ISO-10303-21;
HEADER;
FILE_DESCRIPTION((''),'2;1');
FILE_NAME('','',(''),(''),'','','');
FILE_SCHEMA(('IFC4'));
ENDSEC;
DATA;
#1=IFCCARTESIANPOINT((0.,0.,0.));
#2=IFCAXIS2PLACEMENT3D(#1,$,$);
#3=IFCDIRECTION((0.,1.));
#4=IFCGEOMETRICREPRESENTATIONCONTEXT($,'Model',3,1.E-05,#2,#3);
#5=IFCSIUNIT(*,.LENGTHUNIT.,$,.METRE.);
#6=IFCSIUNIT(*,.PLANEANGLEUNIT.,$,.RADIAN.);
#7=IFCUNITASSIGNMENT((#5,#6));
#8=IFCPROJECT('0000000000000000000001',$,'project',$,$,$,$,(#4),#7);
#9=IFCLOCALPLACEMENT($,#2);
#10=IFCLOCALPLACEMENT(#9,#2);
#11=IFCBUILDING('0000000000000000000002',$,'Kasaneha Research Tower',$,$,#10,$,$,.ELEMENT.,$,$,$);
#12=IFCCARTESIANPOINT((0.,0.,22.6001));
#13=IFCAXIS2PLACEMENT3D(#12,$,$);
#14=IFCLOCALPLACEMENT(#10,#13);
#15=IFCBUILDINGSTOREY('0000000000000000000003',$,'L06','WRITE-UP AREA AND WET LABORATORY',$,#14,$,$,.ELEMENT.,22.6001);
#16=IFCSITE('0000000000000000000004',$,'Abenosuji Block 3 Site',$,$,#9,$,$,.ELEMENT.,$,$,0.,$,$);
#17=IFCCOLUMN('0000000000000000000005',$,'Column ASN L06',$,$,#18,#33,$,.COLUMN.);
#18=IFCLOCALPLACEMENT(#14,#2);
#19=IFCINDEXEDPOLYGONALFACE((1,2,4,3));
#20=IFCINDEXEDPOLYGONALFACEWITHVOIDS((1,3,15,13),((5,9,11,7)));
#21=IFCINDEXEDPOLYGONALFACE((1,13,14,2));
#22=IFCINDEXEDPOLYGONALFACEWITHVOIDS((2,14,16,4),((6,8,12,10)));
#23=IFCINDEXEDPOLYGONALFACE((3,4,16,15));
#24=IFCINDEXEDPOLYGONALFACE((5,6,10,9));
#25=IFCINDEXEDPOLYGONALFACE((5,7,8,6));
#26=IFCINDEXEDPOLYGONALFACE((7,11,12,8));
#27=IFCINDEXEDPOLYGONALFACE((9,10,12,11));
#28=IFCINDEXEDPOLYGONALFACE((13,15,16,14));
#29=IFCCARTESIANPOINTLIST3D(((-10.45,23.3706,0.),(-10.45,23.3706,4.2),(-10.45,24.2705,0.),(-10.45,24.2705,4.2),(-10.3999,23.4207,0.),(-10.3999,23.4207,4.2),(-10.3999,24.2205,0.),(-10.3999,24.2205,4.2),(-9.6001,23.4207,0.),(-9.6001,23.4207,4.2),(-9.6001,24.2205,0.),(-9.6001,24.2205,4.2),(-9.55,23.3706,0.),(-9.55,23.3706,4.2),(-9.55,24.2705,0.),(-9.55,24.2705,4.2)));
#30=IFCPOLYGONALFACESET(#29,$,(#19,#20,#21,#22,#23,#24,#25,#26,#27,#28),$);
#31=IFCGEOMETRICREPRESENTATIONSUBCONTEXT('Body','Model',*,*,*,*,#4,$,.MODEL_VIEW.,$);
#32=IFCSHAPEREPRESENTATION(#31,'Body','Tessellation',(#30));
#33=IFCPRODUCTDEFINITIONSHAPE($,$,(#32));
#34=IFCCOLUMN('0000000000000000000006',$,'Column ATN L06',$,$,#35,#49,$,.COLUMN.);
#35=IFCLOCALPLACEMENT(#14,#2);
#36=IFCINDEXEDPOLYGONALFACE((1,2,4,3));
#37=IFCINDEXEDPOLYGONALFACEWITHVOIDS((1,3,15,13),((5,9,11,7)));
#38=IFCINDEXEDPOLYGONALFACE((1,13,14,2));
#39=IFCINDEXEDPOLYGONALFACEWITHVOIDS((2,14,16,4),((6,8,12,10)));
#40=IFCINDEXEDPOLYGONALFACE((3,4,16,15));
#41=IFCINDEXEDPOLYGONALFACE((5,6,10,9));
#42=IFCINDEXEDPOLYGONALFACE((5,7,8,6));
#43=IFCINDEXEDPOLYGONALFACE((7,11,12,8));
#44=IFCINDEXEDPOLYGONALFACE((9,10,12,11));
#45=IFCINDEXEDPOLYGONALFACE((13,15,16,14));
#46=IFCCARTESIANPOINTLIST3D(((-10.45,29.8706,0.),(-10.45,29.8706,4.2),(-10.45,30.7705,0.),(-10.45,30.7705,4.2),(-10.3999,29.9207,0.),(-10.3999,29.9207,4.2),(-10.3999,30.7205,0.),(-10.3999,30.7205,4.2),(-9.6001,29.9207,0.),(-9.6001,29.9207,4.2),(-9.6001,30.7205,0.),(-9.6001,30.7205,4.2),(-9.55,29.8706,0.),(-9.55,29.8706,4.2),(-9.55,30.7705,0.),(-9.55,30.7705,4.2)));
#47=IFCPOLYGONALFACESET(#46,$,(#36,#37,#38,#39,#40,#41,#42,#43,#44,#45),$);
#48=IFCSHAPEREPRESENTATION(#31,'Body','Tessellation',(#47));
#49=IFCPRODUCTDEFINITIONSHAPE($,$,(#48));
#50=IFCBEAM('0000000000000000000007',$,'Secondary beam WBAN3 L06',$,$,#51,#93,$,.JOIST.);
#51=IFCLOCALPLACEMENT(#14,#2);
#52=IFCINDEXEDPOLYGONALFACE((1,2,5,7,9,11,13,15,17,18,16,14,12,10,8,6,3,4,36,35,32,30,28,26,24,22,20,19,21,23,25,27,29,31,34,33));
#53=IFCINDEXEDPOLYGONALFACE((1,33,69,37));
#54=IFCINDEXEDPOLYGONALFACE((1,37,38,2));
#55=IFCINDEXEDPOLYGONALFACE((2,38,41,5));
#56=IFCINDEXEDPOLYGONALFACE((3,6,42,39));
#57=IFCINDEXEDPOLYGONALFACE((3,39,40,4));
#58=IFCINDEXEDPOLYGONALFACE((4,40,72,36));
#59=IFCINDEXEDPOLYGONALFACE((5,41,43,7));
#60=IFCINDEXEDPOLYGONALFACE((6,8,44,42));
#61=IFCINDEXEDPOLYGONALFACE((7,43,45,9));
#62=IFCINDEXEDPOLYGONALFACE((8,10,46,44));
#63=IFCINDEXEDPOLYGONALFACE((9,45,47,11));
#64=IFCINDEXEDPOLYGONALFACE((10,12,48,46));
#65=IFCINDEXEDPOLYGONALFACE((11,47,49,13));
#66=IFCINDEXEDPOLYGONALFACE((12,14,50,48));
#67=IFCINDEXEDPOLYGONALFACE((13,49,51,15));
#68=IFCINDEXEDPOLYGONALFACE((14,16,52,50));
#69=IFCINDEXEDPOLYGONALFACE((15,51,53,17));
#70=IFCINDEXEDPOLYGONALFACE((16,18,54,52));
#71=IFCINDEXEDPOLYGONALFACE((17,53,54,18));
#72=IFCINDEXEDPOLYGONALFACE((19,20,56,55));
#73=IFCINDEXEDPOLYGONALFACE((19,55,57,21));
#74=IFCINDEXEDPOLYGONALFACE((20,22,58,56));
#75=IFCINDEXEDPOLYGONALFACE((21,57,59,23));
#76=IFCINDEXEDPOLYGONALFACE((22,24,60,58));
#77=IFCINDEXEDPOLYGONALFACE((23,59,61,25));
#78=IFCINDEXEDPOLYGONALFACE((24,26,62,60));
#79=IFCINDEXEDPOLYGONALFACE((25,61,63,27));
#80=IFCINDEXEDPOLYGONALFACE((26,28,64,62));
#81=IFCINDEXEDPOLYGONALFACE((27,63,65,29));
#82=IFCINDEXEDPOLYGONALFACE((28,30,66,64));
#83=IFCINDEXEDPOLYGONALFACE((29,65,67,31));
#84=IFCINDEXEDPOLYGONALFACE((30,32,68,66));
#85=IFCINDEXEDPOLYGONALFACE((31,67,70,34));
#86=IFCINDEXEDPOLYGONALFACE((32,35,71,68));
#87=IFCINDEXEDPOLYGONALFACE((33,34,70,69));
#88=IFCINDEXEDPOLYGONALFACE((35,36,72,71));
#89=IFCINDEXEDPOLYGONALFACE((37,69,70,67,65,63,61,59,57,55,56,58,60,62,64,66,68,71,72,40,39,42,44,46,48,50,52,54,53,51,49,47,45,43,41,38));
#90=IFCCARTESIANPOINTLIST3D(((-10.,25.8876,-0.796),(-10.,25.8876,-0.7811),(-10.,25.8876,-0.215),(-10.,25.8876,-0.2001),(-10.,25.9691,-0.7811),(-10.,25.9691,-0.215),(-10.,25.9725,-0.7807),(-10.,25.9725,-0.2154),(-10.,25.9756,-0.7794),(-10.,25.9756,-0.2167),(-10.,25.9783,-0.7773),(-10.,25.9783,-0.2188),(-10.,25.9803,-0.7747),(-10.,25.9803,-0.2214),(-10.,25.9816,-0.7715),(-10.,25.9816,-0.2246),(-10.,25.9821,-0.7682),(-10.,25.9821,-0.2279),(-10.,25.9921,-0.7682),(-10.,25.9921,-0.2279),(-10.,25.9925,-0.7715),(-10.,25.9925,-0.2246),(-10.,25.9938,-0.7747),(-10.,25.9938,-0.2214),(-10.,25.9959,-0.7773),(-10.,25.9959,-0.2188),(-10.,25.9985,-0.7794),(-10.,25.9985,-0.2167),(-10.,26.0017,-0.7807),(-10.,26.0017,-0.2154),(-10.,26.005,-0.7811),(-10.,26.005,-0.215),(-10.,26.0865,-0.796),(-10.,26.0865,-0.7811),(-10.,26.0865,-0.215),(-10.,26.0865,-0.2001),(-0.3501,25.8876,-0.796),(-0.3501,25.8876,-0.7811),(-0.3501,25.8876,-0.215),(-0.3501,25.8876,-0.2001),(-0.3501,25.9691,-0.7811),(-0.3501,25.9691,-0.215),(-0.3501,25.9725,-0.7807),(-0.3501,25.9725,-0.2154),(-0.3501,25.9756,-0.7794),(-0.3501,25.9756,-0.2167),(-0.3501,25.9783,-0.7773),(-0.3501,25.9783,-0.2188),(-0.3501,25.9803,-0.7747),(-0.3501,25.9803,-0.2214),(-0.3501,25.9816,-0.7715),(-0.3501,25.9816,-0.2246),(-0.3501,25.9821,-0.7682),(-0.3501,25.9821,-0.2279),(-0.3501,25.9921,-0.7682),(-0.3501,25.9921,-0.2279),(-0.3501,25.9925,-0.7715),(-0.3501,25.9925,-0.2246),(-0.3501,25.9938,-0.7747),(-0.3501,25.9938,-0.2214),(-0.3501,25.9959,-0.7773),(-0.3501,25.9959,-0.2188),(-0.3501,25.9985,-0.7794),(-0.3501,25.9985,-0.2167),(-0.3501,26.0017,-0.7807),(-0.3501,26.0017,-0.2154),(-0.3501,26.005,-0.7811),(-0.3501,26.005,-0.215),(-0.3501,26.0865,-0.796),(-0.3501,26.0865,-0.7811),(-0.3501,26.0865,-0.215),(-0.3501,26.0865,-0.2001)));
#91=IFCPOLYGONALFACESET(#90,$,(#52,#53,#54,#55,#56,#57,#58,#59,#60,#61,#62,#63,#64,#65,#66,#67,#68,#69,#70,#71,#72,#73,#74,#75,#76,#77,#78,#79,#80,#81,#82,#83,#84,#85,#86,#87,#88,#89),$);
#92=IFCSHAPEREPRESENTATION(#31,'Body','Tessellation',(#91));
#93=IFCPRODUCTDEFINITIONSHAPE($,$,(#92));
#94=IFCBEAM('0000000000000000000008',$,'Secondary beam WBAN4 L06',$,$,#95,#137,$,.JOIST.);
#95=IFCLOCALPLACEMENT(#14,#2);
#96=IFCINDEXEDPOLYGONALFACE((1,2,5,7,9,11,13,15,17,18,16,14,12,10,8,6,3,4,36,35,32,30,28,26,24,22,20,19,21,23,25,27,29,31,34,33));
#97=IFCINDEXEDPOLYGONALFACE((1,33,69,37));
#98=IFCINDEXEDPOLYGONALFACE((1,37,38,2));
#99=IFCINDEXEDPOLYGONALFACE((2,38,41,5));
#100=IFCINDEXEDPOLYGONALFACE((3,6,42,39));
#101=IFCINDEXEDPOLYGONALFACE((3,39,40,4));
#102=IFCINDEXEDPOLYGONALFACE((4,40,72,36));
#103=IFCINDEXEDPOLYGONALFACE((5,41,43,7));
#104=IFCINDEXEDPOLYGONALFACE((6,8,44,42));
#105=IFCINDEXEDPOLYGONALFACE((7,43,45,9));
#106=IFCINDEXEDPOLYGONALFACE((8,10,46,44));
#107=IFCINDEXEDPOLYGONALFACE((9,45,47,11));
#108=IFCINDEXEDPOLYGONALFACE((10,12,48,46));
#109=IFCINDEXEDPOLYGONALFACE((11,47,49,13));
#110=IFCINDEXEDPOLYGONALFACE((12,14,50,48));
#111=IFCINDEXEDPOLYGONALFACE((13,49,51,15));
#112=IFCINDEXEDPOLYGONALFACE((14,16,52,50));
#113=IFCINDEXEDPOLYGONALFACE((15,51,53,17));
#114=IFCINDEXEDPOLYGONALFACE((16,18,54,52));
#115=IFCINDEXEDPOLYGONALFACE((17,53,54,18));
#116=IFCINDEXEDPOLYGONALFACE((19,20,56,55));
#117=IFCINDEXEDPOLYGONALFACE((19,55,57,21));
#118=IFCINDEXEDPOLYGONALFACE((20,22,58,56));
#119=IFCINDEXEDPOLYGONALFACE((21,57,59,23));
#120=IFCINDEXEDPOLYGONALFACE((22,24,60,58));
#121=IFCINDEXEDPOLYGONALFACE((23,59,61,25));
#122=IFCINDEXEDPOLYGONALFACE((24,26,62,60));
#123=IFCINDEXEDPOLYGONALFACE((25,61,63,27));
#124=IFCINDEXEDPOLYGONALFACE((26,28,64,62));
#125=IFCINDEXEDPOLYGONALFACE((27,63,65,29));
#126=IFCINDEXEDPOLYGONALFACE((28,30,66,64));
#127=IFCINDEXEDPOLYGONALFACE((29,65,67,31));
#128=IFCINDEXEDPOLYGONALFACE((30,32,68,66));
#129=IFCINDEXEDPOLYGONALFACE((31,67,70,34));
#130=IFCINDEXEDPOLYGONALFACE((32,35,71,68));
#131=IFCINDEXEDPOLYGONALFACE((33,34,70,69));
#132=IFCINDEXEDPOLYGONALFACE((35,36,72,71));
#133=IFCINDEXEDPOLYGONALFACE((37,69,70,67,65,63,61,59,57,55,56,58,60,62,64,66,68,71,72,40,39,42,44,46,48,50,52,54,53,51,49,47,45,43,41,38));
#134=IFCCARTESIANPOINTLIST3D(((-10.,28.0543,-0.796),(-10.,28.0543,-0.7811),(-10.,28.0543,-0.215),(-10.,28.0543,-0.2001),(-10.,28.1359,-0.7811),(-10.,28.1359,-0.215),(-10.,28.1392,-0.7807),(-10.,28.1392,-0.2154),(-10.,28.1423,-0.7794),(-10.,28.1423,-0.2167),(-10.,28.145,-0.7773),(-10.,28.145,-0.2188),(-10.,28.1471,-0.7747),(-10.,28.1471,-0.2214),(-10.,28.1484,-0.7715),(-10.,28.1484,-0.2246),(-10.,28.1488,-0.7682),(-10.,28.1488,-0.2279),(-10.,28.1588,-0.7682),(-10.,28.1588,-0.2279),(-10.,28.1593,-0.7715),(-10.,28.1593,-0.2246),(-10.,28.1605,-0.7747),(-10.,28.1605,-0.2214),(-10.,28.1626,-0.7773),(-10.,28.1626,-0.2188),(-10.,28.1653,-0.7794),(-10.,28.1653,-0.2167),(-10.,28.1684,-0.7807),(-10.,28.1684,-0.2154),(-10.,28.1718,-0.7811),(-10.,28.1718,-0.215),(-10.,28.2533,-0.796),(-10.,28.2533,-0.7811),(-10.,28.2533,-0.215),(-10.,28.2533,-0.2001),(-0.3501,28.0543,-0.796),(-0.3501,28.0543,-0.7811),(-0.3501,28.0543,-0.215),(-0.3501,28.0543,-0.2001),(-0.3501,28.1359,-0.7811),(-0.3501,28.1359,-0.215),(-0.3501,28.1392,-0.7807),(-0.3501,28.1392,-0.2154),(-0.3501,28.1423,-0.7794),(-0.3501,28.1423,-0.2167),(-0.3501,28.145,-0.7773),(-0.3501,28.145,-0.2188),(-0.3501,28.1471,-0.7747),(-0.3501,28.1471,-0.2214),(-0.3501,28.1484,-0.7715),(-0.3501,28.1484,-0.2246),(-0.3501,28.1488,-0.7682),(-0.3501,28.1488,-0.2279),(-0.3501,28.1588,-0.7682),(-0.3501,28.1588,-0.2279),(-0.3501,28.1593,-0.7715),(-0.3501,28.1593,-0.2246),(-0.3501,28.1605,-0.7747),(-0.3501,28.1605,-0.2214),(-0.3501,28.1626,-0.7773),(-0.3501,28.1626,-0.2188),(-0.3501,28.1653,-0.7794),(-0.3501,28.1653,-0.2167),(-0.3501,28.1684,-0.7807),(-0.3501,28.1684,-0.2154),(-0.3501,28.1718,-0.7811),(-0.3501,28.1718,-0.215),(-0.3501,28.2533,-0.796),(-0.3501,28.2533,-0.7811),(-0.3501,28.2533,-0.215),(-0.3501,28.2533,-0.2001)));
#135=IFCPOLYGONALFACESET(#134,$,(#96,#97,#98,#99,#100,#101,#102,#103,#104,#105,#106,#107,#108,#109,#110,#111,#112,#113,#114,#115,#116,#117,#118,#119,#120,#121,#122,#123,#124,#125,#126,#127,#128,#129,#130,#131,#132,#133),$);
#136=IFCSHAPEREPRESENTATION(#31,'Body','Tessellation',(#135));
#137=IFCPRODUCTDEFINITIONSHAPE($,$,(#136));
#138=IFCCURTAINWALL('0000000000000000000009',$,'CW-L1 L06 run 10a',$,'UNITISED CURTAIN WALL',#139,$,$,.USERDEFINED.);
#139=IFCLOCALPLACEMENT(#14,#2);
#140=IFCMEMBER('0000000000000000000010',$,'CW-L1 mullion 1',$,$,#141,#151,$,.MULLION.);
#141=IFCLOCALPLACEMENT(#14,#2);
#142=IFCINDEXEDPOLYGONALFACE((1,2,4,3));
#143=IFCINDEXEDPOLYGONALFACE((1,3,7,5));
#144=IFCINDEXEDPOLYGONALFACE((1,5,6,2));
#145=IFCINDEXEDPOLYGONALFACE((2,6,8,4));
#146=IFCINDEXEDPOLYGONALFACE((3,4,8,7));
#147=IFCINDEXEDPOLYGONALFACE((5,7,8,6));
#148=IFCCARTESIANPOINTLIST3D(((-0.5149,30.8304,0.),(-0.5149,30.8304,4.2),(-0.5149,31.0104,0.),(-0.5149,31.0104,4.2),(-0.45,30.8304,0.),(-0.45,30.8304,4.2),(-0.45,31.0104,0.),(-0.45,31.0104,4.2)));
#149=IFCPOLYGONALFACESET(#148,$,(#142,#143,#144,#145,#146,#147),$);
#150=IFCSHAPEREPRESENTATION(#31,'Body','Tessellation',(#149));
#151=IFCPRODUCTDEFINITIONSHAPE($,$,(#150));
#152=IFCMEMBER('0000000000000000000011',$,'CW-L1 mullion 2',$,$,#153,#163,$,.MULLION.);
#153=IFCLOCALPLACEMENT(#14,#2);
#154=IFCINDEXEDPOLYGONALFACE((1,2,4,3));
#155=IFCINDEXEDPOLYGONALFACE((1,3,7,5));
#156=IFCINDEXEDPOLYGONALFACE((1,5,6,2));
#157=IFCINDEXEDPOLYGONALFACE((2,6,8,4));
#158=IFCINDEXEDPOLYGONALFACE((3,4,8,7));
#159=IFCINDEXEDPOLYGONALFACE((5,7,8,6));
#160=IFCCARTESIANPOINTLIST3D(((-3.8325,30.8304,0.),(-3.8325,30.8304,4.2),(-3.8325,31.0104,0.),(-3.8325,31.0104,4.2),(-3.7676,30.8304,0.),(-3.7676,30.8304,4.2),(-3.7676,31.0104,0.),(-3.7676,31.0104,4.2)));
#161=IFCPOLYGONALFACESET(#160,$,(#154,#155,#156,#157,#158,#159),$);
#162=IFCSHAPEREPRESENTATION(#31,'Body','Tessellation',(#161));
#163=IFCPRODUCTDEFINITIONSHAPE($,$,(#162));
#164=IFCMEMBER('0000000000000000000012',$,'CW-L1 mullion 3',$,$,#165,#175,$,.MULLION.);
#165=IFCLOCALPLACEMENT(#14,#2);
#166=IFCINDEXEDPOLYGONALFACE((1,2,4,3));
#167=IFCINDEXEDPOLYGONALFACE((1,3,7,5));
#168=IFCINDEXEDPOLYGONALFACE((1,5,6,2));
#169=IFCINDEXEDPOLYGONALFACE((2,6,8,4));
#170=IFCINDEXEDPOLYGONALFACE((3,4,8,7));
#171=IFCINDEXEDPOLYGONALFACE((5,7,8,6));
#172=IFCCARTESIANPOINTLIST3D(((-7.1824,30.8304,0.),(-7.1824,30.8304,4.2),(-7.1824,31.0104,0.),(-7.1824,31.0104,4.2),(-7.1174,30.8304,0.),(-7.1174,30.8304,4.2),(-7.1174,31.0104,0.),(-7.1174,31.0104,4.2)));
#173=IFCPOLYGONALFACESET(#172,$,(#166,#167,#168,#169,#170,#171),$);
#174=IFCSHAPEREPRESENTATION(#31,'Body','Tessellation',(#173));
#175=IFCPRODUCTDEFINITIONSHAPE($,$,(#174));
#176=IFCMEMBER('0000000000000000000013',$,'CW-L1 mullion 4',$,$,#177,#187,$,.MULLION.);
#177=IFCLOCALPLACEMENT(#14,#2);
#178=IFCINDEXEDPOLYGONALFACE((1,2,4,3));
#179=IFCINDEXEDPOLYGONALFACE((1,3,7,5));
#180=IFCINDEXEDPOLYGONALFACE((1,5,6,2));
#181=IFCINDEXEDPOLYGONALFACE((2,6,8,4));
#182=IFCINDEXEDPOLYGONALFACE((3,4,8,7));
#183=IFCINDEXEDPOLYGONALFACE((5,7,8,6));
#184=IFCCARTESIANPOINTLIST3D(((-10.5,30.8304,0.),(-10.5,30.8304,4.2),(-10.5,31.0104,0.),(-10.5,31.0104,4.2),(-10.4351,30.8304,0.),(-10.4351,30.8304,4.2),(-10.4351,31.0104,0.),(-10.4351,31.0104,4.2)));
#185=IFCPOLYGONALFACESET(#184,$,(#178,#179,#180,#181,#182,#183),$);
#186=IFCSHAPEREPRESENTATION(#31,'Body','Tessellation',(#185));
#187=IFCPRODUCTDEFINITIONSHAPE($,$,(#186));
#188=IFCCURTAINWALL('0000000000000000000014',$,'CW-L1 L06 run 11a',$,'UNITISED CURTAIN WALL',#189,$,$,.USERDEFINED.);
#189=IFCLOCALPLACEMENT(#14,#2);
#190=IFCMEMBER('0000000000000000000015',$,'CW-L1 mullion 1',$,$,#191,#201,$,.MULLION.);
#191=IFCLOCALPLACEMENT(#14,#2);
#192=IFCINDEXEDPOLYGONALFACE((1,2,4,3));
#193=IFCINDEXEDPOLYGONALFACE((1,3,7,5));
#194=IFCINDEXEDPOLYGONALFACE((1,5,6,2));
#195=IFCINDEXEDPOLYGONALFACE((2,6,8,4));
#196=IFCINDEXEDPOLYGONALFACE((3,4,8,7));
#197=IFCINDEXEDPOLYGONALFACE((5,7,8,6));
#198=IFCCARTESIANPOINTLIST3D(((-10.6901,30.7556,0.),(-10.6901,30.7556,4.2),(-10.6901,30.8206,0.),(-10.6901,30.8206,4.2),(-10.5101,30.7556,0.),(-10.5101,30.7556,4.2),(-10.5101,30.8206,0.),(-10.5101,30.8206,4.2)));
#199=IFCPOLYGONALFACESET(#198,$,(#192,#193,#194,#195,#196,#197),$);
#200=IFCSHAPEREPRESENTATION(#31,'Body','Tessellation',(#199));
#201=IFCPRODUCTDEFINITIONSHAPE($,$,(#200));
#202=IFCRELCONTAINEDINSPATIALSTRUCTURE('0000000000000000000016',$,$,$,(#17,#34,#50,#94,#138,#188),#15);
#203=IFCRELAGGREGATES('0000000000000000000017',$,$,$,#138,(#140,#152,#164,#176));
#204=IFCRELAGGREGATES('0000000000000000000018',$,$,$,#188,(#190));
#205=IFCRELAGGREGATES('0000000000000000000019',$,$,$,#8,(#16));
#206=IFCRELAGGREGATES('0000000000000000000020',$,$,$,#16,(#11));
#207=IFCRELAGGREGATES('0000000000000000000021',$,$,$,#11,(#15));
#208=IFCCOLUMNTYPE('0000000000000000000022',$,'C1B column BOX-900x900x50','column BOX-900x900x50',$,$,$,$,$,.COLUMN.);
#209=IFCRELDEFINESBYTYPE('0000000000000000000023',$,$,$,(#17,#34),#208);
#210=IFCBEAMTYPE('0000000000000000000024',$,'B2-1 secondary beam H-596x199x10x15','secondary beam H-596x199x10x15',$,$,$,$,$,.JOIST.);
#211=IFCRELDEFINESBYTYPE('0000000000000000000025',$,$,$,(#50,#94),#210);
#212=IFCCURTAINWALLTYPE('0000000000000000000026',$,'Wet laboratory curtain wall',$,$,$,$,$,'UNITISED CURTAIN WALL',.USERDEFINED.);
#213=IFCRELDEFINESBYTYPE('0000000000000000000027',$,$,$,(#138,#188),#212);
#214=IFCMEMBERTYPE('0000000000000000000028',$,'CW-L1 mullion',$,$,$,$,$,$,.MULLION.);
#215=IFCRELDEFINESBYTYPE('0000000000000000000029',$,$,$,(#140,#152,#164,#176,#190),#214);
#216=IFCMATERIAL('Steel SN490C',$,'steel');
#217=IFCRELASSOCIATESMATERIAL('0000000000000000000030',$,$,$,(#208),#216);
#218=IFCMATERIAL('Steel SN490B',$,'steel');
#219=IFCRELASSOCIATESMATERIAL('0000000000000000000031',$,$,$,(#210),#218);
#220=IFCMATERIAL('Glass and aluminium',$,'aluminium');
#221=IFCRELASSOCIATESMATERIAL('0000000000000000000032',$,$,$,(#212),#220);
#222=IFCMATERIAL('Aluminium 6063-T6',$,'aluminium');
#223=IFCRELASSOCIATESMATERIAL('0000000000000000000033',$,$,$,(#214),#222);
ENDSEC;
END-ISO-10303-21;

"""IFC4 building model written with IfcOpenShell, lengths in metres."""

from ifc_helpers import new_model, si_unit, direction, frame, origin, origin_2d, place, context, subcontext, project, spatial, rectangle, hollow_rectangle, i_section, extrude, material, material_profile, profile_set, type_object, element, aggregate, save


model = new_model("IFC4")

# Units and contexts
model_context = context("Model", 3, precision=1e-05, world=origin(), true_north=direction((0.0, 1.0)))
body_context = subcontext(model_context, "Body", "Model", "MODEL_VIEW")
ifc_project = project(units=[si_unit("LENGTHUNIT", "METRE"), si_unit("PLANEANGLEUNIT", "RADIAN")], contexts=[model_context])

# Site, building, storey
site_placement = place(None, origin())
site = spatial("IfcSite", under=ifc_project, at=site_placement, Name="Abenosuji Block 3 Site", CompositionType="ELEMENT", RefElevation=0.0)
building_placement = place(site_placement, origin())
building = spatial("IfcBuilding", under=site, at=building_placement, Name="Kasaneha Research Tower", CompositionType="ELEMENT")
storey_placement = place(building_placement, frame((0.0, 0.0, 22.6001)))
storey = spatial("IfcBuildingStorey", under=building, at=storey_placement, Name="L06", Description="WRITE-UP AREA AND WET LABORATORY", CompositionType="ELEMENT", Elevation=22.6001)

# Columns
ifc_material_1 = material(Name="Steel SN490C", Category="steel")
ifc_material_profile_1 = material_profile(ifc_material_1, hollow_rectangle(XDim=0.8999, YDim=0.8999, WallThickness=0.05, at=origin_2d()), Name="BOX-900x900x50")
ifc_profile_set_1 = profile_set([ifc_material_profile_1], Name="Steel SN490C")
column_type = type_object("IfcColumnType", Name="C1B column BOX-900x900x50", Description="column BOX-900x900x50", PredefinedType="COLUMN", material=ifc_profile_set_1)
for number, where, z_axis, x_axis, name in (
    (1, (-10.0, 23.8206, 0.0), (0.0, 0.0, 1.0), (1.0, 0.0, 0.0), "Column ASN L06"),
    (2, (-10.0, 30.3206, 0.0), (0.0, 0.0, 1.0), (1.0, 0.0, 0.0), "Column ATN L06"),
):
    element("IfcColumn", number, at=place(storey_placement, frame(where, z_axis=z_axis, x_axis=x_axis)), inside=storey, type_object=column_type, Name=name, PredefinedType="COLUMN", context=body_context, shape_type="SweptSolid", body=[
        extrude(hollow_rectangle(XDim=0.8999, YDim=0.8999, WallThickness=0.05, at=origin_2d()), origin(), (0.0, 0.0, 1.0), 4.2),
    ])

# Beams
ifc_material_2 = material(Name="Steel SN490B", Category="steel")
ifc_material_profile_2 = material_profile(ifc_material_2, i_section(OverallWidth=0.199, OverallDepth=0.5959, WebThickness=0.01, FlangeThickness=0.0149, FilletRadius=0.0129, at=origin_2d()), Name="H-596x199x10x15")
ifc_profile_set_2 = profile_set([ifc_material_profile_2], Name="Steel SN490B")
beam_type_1 = type_object("IfcBeamType", Name="B2-1 secondary beam H-596x199x10x15", Description="secondary beam H-596x199x10x15", PredefinedType="JOIST", material=ifc_profile_set_2)
for number, where, z_axis, x_axis, name in (
    (3, (-10.0, 25.9871, -0.498), (1.0, 0.0, 0.0), (0.0, 1.0, 0.0), "Secondary beam WBAN3 L06"),
    (4, (-10.0, 28.1538, -0.498), (1.0, 0.0, 0.0), (0.0, 1.0, 0.0), "Secondary beam WBAN4 L06"),
):
    element("IfcBeam", number, at=place(storey_placement, frame(where, z_axis=z_axis, x_axis=x_axis)), inside=storey, type_object=beam_type_1, Name=name, PredefinedType="JOIST", context=body_context, shape_type="SweptSolid", body=[
        extrude(i_section(OverallWidth=0.199, OverallDepth=0.5959, WebThickness=0.01, FlangeThickness=0.0149, FilletRadius=0.0129, at=origin_2d()), origin(), (0.0, 0.0, 1.0), 9.6499),
    ])

# Curtain walls, members
ifc_material_3 = material(Name="Glass and aluminium", Category="aluminium")
curtain_wall_type = type_object("IfcCurtainWallType", Name="Wet laboratory curtain wall", ElementType="UNITISED CURTAIN WALL", PredefinedType="USERDEFINED", material=ifc_material_3)
curtain_wall_1_placement = place(storey_placement, origin())
curtain_wall_1 = element("IfcCurtainWall", 5, at=curtain_wall_1_placement, inside=storey, type_object=curtain_wall_type, Name="CW-L1 L06 run 10a", ObjectType="UNITISED CURTAIN WALL", PredefinedType="USERDEFINED")
ifc_material_4 = material(Name="Aluminium 6063-T6", Category="aluminium")
ifc_material_profile_3 = material_profile(ifc_material_4, rectangle(XDim=0.0649, YDim=0.1799, at=origin_2d()), Name="CW-L1 mullion 65x180")
ifc_profile_set_3 = profile_set([ifc_material_profile_3], Name="Aluminium 6063-T6")
member_type_1 = type_object("IfcMemberType", Name="CW-L1 mullion", PredefinedType="MULLION", material=ifc_profile_set_3)
member_1_placement = place(storey_placement, frame((-0.4824, 30.9204, 0.0), z_axis=(0.0, 0.0, 1.0), x_axis=(-1.0, 0.0, 0.0)))
member_1 = element("IfcMember", 6, at=member_1_placement, type_object=member_type_1, Name="CW-L1 mullion 1", PredefinedType="MULLION", context=body_context, shape_type="SweptSolid", body=[
    extrude(rectangle(XDim=0.0649, YDim=0.1799, at=origin_2d()), origin(), (0.0, 0.0, 1.0), 4.2),
])
member_2_placement = place(storey_placement, frame((-3.8, 30.9204, 0.0), z_axis=(0.0, 0.0, 1.0), x_axis=(-1.0, 0.0, 0.0)))
member_2 = element("IfcMember", 7, at=member_2_placement, type_object=member_type_1, Name="CW-L1 mullion 2", PredefinedType="MULLION", context=body_context, shape_type="SweptSolid", body=[
    extrude(rectangle(XDim=0.0649, YDim=0.1799, at=origin_2d()), origin(), (0.0, 0.0, 1.0), 4.2),
])
member_3_placement = place(storey_placement, frame((-7.1499, 30.9204, 0.0), z_axis=(0.0, 0.0, 1.0), x_axis=(-1.0, 0.0, 0.0)))
member_3 = element("IfcMember", 8, at=member_3_placement, type_object=member_type_1, Name="CW-L1 mullion 3", PredefinedType="MULLION", context=body_context, shape_type="SweptSolid", body=[
    extrude(rectangle(XDim=0.0649, YDim=0.1799, at=origin_2d()), origin(), (0.0, 0.0, 1.0), 4.2),
])
member_4_placement = place(storey_placement, frame((-10.4675, 30.9204, 0.0), z_axis=(0.0, 0.0, 1.0), x_axis=(-1.0, 0.0, 0.0)))
member_4 = element("IfcMember", 9, at=member_4_placement, type_object=member_type_1, Name="CW-L1 mullion 4", PredefinedType="MULLION", context=body_context, shape_type="SweptSolid", body=[
    extrude(rectangle(XDim=0.0649, YDim=0.1799, at=origin_2d()), origin(), (0.0, 0.0, 1.0), 4.2),
])
curtain_wall_2_placement = place(storey_placement, origin())
curtain_wall_2 = element("IfcCurtainWall", 10, at=curtain_wall_2_placement, inside=storey, type_object=curtain_wall_type, Name="CW-L1 L06 run 11a", ObjectType="UNITISED CURTAIN WALL", PredefinedType="USERDEFINED")
member_5_placement = place(storey_placement, frame((-10.6001, 30.7881, 0.0), z_axis=(0.0, 0.0, 1.0), x_axis=(0.0, -1.0, 0.0)))
member_5 = element("IfcMember", 11, at=member_5_placement, type_object=member_type_1, Name="CW-L1 mullion 1", PredefinedType="MULLION", context=body_context, shape_type="SweptSolid", body=[
    extrude(rectangle(XDim=0.0649, YDim=0.1799, at=origin_2d()), origin(), (0.0, 0.0, 1.0), 4.2),
])

aggregate(curtain_wall_1, [member_1, member_2, member_3, member_4])
aggregate(curtain_wall_2, [member_5])

save(model, "model.ifc")
